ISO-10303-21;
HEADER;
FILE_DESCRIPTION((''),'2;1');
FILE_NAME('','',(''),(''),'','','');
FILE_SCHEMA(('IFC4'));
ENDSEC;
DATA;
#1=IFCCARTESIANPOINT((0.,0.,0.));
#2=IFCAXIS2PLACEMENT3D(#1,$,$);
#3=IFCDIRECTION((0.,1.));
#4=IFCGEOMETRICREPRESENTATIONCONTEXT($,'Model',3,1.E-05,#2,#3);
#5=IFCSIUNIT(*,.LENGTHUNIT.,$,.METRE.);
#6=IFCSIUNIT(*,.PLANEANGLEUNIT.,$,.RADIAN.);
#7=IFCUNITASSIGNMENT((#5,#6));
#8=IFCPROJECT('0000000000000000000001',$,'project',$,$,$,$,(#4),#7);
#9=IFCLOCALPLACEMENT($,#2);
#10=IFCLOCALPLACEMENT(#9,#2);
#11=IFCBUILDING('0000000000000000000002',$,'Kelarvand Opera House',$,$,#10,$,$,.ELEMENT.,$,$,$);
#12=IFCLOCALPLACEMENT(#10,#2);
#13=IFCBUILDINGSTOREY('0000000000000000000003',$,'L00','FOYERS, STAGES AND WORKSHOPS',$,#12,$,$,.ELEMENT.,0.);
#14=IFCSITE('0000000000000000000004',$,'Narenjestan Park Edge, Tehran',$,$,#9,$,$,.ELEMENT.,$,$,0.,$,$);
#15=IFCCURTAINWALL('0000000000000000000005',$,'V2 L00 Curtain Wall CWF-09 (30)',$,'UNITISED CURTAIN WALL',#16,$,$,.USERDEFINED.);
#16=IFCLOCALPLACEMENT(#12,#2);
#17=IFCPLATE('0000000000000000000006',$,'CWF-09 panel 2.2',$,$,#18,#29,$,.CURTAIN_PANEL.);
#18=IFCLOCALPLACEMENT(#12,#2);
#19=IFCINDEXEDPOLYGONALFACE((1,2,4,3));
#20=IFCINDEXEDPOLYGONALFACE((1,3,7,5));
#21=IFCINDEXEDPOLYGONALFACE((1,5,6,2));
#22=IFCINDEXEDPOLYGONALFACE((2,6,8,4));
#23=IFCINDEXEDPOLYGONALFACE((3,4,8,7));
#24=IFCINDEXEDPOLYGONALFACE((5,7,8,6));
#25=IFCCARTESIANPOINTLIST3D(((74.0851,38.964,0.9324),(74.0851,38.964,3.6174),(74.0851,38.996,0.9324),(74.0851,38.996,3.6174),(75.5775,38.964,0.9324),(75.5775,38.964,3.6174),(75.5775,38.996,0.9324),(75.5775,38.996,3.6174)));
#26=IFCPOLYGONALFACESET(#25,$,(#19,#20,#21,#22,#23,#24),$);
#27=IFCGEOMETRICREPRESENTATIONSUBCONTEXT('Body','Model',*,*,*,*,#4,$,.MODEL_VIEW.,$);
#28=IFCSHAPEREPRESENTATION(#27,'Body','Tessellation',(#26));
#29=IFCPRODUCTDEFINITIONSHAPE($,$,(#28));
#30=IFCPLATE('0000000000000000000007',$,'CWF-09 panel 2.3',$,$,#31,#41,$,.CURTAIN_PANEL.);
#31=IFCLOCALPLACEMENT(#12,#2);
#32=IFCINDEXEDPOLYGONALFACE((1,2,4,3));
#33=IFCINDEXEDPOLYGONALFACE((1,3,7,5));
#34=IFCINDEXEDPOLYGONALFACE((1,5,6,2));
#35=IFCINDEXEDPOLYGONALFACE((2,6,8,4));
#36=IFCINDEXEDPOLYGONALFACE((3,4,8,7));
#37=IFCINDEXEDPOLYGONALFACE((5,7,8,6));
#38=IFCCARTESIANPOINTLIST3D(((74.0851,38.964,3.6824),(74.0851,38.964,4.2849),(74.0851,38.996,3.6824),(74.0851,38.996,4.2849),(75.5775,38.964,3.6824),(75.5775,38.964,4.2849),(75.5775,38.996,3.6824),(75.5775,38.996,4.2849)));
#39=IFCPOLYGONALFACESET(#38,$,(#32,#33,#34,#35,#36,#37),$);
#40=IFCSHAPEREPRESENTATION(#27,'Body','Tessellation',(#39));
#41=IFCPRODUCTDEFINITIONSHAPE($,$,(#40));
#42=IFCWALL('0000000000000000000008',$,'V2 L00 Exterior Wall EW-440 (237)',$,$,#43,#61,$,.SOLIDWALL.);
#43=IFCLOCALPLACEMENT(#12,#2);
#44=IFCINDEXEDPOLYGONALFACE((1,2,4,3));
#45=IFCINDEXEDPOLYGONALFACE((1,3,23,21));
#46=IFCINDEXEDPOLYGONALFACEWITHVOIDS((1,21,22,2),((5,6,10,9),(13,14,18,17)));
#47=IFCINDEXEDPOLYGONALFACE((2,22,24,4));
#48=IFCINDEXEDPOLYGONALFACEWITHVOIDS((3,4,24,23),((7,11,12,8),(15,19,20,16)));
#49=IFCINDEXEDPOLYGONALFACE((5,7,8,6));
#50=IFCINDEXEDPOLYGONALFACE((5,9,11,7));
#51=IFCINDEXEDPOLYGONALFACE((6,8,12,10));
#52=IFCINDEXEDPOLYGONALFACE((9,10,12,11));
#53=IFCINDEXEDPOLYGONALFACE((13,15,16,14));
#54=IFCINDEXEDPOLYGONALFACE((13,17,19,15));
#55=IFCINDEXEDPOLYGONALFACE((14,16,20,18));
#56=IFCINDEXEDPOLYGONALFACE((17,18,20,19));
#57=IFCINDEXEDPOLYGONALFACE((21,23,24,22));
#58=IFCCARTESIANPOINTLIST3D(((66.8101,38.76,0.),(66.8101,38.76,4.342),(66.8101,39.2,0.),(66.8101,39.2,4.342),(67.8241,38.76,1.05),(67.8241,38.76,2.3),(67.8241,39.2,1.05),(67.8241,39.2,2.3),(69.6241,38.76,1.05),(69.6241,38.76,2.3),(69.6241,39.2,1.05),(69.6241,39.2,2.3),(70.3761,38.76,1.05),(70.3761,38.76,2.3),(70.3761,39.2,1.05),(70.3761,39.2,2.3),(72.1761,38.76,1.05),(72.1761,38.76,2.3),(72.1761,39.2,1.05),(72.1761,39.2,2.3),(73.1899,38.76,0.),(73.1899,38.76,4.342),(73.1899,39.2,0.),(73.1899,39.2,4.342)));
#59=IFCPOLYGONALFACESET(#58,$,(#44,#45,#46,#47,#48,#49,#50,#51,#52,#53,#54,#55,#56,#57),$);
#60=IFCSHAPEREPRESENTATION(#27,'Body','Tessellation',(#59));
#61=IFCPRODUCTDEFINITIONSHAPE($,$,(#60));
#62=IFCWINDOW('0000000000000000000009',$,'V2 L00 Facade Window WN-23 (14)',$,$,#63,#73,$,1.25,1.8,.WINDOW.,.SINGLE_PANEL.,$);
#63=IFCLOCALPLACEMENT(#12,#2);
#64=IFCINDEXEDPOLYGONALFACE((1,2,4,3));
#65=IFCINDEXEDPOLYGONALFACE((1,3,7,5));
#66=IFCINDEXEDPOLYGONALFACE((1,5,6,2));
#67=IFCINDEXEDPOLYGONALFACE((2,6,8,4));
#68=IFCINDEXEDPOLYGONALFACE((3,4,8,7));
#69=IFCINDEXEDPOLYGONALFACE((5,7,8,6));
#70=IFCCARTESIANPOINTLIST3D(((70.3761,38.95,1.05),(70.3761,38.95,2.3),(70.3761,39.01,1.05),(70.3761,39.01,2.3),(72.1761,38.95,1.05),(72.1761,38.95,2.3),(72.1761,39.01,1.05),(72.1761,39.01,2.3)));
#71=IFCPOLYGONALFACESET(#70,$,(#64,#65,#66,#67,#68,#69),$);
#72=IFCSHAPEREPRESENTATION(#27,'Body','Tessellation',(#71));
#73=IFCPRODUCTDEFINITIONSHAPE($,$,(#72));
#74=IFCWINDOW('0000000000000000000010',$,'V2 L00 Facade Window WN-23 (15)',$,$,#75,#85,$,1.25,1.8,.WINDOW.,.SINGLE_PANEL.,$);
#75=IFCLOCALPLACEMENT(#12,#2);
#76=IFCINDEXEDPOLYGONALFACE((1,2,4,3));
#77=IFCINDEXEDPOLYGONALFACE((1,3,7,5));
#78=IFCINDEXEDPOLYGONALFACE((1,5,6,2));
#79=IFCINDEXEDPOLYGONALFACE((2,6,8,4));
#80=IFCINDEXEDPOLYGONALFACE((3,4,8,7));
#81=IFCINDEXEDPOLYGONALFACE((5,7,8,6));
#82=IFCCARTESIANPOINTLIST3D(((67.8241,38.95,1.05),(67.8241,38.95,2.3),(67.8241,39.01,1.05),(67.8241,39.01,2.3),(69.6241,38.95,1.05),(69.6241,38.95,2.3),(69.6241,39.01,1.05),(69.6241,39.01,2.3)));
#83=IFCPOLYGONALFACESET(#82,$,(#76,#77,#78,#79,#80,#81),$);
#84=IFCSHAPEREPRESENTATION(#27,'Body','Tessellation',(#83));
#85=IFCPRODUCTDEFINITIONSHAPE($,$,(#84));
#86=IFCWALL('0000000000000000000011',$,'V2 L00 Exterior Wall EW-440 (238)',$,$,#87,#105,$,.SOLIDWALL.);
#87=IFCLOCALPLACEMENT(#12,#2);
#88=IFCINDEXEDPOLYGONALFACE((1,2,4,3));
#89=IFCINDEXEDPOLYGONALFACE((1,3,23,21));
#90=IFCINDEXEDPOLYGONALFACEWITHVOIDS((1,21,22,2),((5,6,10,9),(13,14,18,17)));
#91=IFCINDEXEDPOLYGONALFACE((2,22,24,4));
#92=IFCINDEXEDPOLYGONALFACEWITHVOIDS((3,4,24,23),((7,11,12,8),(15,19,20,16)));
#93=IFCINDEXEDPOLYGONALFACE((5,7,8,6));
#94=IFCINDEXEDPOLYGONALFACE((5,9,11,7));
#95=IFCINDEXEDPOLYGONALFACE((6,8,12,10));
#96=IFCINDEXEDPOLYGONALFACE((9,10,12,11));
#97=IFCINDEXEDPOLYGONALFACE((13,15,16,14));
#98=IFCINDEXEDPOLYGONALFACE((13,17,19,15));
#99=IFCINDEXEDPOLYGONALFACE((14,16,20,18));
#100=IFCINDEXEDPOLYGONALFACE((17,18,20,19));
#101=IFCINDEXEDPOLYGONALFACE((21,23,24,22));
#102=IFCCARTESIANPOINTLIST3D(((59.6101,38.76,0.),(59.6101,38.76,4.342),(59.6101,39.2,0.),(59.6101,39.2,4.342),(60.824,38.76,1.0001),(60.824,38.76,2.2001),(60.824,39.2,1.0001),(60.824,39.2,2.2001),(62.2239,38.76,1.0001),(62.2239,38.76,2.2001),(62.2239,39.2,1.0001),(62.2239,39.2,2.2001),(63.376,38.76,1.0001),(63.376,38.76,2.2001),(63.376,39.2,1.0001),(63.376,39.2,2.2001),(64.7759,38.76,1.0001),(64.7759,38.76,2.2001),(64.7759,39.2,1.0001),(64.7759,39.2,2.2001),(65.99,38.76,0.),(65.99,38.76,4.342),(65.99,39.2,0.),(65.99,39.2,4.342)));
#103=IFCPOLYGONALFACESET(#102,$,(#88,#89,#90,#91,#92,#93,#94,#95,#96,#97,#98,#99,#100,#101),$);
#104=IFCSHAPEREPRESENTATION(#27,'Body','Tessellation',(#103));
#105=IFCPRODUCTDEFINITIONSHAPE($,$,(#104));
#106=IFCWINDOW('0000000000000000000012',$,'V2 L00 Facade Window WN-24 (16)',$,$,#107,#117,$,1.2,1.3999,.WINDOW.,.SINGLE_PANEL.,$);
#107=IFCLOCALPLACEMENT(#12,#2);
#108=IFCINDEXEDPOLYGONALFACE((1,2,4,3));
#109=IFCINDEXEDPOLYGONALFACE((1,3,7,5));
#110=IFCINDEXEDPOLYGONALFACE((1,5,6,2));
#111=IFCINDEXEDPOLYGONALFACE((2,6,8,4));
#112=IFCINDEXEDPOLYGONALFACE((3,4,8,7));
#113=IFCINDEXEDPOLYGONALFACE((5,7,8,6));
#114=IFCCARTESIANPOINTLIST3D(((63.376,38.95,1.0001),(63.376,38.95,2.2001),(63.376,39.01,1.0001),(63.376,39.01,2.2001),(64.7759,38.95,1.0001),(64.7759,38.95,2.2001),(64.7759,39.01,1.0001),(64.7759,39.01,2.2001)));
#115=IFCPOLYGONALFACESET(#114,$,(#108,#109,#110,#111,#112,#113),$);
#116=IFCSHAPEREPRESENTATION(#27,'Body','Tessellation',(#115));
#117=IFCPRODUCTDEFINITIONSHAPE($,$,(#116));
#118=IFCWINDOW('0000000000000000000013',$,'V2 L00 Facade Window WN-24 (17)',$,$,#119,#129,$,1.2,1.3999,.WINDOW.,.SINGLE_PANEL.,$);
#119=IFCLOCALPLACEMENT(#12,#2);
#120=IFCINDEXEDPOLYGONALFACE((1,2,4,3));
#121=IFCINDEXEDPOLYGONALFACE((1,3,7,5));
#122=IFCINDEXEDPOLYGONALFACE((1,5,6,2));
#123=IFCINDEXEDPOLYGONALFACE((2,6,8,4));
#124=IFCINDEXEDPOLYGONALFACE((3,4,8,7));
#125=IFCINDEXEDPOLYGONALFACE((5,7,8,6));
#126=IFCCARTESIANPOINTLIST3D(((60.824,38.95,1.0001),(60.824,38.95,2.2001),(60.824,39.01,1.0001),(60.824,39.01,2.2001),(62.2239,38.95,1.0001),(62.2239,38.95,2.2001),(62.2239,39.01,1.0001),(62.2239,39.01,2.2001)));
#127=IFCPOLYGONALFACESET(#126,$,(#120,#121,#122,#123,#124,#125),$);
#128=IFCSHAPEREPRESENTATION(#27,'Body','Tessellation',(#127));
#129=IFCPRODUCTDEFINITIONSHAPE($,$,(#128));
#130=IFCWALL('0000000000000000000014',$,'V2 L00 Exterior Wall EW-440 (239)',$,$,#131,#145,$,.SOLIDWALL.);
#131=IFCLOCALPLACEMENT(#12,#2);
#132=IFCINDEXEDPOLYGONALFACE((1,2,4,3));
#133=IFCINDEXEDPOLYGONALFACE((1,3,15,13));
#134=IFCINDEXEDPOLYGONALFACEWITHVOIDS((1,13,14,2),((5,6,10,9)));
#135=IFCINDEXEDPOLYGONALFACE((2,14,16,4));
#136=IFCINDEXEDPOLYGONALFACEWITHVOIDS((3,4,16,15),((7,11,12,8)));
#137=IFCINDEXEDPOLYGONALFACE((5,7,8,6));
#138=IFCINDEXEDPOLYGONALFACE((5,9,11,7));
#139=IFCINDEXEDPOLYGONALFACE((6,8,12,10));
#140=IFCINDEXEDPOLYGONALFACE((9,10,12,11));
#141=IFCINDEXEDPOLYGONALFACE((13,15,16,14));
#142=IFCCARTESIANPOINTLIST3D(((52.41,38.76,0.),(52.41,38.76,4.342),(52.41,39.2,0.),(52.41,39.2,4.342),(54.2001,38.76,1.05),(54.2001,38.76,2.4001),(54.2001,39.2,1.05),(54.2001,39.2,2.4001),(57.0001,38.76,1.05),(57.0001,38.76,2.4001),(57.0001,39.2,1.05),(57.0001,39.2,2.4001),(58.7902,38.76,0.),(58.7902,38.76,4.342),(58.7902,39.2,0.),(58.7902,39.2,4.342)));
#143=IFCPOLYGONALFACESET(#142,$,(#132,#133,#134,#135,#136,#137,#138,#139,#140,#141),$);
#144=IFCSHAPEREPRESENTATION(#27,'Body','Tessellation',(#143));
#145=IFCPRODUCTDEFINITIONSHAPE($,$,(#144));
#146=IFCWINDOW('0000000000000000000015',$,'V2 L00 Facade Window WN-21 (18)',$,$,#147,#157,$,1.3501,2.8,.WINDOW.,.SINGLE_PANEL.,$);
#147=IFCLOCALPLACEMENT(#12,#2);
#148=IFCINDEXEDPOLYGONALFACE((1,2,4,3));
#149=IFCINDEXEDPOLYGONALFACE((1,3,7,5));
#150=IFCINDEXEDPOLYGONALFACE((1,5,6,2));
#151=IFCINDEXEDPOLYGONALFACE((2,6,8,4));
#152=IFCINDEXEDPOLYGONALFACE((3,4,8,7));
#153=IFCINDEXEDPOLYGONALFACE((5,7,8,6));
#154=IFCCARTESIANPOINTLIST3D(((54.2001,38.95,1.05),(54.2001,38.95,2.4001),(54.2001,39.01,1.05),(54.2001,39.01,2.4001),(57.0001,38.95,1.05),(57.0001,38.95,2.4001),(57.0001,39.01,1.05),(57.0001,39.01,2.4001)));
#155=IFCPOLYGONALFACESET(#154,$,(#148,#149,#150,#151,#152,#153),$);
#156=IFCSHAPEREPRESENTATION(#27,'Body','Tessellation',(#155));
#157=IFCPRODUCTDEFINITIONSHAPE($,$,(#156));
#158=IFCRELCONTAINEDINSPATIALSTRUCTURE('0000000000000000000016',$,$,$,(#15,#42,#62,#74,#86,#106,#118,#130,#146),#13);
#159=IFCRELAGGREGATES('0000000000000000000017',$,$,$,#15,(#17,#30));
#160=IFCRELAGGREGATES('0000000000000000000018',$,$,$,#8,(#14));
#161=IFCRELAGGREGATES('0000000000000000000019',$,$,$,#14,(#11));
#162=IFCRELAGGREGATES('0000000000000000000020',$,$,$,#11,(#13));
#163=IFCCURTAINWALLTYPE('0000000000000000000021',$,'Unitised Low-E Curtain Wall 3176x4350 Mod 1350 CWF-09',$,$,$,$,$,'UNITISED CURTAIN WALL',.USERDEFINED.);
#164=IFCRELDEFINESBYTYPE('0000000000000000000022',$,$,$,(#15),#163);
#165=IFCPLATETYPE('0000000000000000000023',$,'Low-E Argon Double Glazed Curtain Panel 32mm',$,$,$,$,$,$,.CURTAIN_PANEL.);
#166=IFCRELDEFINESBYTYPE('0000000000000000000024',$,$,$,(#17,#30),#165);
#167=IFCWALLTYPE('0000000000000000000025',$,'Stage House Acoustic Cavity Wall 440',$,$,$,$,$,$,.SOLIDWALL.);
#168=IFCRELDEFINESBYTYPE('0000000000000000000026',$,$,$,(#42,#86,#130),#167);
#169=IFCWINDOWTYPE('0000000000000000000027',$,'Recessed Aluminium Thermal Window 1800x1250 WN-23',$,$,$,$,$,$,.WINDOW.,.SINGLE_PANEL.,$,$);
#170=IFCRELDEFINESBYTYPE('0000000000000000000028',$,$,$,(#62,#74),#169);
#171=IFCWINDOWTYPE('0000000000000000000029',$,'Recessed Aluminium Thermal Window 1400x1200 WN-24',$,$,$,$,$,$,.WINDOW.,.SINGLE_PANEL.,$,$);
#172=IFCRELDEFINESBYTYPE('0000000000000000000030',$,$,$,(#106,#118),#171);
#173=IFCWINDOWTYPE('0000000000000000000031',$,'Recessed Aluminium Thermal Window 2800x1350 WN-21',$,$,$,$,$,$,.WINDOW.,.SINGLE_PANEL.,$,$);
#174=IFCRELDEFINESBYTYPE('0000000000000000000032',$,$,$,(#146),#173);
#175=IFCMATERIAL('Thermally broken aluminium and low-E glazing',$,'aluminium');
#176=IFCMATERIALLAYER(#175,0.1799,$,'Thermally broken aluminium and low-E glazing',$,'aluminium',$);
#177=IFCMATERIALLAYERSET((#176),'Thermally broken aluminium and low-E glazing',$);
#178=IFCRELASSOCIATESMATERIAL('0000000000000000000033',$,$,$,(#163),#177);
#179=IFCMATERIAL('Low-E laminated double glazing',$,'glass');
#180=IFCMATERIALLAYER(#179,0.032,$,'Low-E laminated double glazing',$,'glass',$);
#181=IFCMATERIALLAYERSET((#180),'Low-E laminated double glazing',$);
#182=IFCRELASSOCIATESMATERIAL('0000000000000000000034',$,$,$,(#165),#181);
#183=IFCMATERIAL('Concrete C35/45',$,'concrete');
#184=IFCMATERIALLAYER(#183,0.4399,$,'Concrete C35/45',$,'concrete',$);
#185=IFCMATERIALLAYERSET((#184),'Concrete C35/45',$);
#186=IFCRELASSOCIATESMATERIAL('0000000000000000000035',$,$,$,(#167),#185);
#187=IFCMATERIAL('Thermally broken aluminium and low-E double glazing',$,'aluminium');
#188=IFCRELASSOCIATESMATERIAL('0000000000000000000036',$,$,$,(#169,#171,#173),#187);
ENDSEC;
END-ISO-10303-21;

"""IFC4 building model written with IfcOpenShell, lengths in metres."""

from ifc_helpers import new_model, si_unit, direction, frame, frame_2d, origin, origin_2d, place, context, subcontext, project, spatial, rectangle, extrude, material, layer, layer_set, type_object, element, fill, aggregate, save


model = new_model("IFC4")

# Units and contexts
model_context = context("Model", 3, precision=1e-05, world=origin(), true_north=direction((0.0, 1.0)))
body_context = subcontext(model_context, "Body", "Model", "MODEL_VIEW")
ifc_project = project(units=[si_unit("LENGTHUNIT", "METRE"), si_unit("PLANEANGLEUNIT", "RADIAN")], contexts=[model_context])

# Site, building, storey
site_placement = place(None, origin())
site = spatial("IfcSite", under=ifc_project, at=site_placement, Name="Narenjestan Park Edge, Tehran", CompositionType="ELEMENT", RefElevation=0.0)
building_placement = place(site_placement, origin())
building = spatial("IfcBuilding", under=site, at=building_placement, Name="Kelarvand Opera House", CompositionType="ELEMENT")
storey_placement = place(building_placement, origin())
storey = spatial("IfcBuildingStorey", under=building, at=storey_placement, Name="L00", Description="FOYERS, STAGES AND WORKSHOPS", CompositionType="ELEMENT", Elevation=0.0)

# Curtain wall
ifc_material_1 = material(Name="Thermally broken aluminium and low-E glazing", Category="aluminium")
ifc_layer_1 = layer(ifc_material_1, 0.1799, Name="Thermally broken aluminium and low-E glazing", Category="aluminium")
ifc_layer_set_1 = layer_set([ifc_layer_1], Name="Thermally broken aluminium and low-E glazing")
curtain_wall_type = type_object("IfcCurtainWallType", Name="Unitised Low-E Curtain Wall 3176x4350 Mod 1350 CWF-09", ElementType="UNITISED CURTAIN WALL", PredefinedType="USERDEFINED", material=ifc_layer_set_1)
curtain_wall_placement = place(storey_placement, origin())
curtain_wall = element("IfcCurtainWall", 1, at=curtain_wall_placement, inside=storey, type_object=curtain_wall_type, Name="V2 L00 Curtain Wall CWF-09 (30)", ObjectType="UNITISED CURTAIN WALL", PredefinedType="USERDEFINED")

# Plates
ifc_material_2 = material(Name="Low-E laminated double glazing", Category="glass")
ifc_layer_2 = layer(ifc_material_2, 0.032, Name="Low-E laminated double glazing", Category="glass")
ifc_layer_set_2 = layer_set([ifc_layer_2], Name="Low-E laminated double glazing")
plate_type = type_object("IfcPlateType", Name="Low-E Argon Double Glazed Curtain Panel 32mm", PredefinedType="CURTAIN_PANEL", material=ifc_layer_set_2)
plate_1_placement = place(storey_placement, frame((74.8313, 38.98, 0.9324), z_axis=(0.0, 0.0, 1.0), x_axis=(-1.0, 0.0, 0.0)))
plate_1 = element("IfcPlate", 2, at=plate_1_placement, type_object=plate_type, Name="CWF-09 panel 2.2", PredefinedType="CURTAIN_PANEL", context=body_context, shape_type="SweptSolid", body=[
    extrude(rectangle(XDim=1.4924, YDim=0.032, at=origin_2d()), origin(), (0.0, 0.0, 1.0), 2.6851),
])
plate_2_placement = place(storey_placement, frame((74.8313, 38.98, 3.6824), z_axis=(0.0, 0.0, 1.0), x_axis=(-1.0, 0.0, 0.0)))
plate_2 = element("IfcPlate", 3, at=plate_2_placement, type_object=plate_type, Name="CWF-09 panel 2.3", PredefinedType="CURTAIN_PANEL", context=body_context, shape_type="SweptSolid", body=[
    extrude(rectangle(XDim=1.4924, YDim=0.032, at=origin_2d()), origin(), (0.0, 0.0, 1.0), 0.6025),
])
aggregate(curtain_wall, [plate_1, plate_2])

# Walls, openings, windows
ifc_material_3 = material(Name="Concrete C35/45", Category="concrete")
ifc_layer_3 = layer(ifc_material_3, 0.4399, Name="Concrete C35/45", Category="concrete")
ifc_layer_set_3 = layer_set([ifc_layer_3], Name="Concrete C35/45")
wall_type = type_object("IfcWallType", Name="Stage House Acoustic Cavity Wall 440", PredefinedType="SOLIDWALL", material=ifc_layer_set_3)
wall_1_placement = place(storey_placement, frame((73.1899, 38.98, 0.0), z_axis=(0.0, 0.0, 1.0), x_axis=(-1.0, 0.0, 0.0)))
wall_1 = element("IfcWall", 4, at=wall_1_placement, inside=storey, type_object=wall_type, Name="V2 L00 Exterior Wall EW-440 (237)", PredefinedType="SOLIDWALL", context=body_context, shape_type="SweptSolid", body=[
    extrude(rectangle(XDim=6.3799, YDim=0.4399, at=frame_2d((3.1899, 0.0))), origin(), (0.0, 0.0, 1.0), 4.342),
])
opening_1_placement = place(wall_1_placement, frame((1.0139, 0.0, 1.05)))
opening_1 = element("IfcOpeningElement", 5, at=opening_1_placement, cuts=wall_1, PredefinedType="OPENING", context=body_context, shape_type="SweptSolid", body=[
    extrude(rectangle(XDim=1.8, YDim=1.25, at=frame_2d((0.8999, 0.625))), frame((0.0, 0.23, 0.0), z_axis=(0.0, -1.0, 0.0), x_axis=(1.0, 0.0, 0.0)), (0.0, 0.0, 1.0), 0.46),
])
opening_2_placement = place(wall_1_placement, frame((3.5659, 0.0, 1.05)))
opening_2 = element("IfcOpeningElement", 6, at=opening_2_placement, cuts=wall_1, PredefinedType="OPENING", context=body_context, shape_type="SweptSolid", body=[
    extrude(rectangle(XDim=1.8, YDim=1.25, at=frame_2d((0.8999, 0.625))), frame((0.0, 0.23, 0.0), z_axis=(0.0, -1.0, 0.0), x_axis=(1.0, 0.0, 0.0)), (0.0, 0.0, 1.0), 0.46),
])
ifc_material_4 = material(Name="Thermally broken aluminium and low-E double glazing", Category="aluminium")
window_type_1 = type_object("IfcWindowType", Name="Recessed Aluminium Thermal Window 1800x1250 WN-23", PartitioningType="SINGLE_PANEL", PredefinedType="WINDOW", material=ifc_material_4)
window_1_placement = place(opening_1_placement, origin())
window_1 = element("IfcWindow", 7, at=window_1_placement, inside=storey, type_object=window_type_1, Name="V2 L00 Facade Window WN-23 (14)", OverallHeight=1.25, OverallWidth=1.8, PartitioningType="SINGLE_PANEL", PredefinedType="WINDOW", context=body_context, shape_type="SweptSolid", body=[
    extrude(rectangle(XDim=1.8, YDim=1.25, at=frame_2d((0.8999, 0.625))), frame((0.0, 0.03, 0.0), z_axis=(0.0, -1.0, 0.0), x_axis=(1.0, 0.0, 0.0)), (0.0, 0.0, 1.0), 0.0601),
])
fill(opening_1, window_1)
window_2_placement = place(opening_2_placement, origin())
window_2 = element("IfcWindow", 8, at=window_2_placement, inside=storey, type_object=window_type_1, Name="V2 L00 Facade Window WN-23 (15)", OverallHeight=1.25, OverallWidth=1.8, PartitioningType="SINGLE_PANEL", PredefinedType="WINDOW", context=body_context, shape_type="SweptSolid", body=[
    extrude(rectangle(XDim=1.8, YDim=1.25, at=frame_2d((0.8999, 0.625))), frame((0.0, 0.03, 0.0), z_axis=(0.0, -1.0, 0.0), x_axis=(1.0, 0.0, 0.0)), (0.0, 0.0, 1.0), 0.0601),
])
fill(opening_2, window_2)
wall_2_placement = place(storey_placement, frame((65.99, 38.98, 0.0), z_axis=(0.0, 0.0, 1.0), x_axis=(-1.0, 0.0, 0.0)))
wall_2 = element("IfcWall", 9, at=wall_2_placement, inside=storey, type_object=wall_type, Name="V2 L00 Exterior Wall EW-440 (238)", PredefinedType="SOLIDWALL", context=body_context, shape_type="SweptSolid", body=[
    extrude(rectangle(XDim=6.3799, YDim=0.4399, at=frame_2d((3.1899, 0.0))), origin(), (0.0, 0.0, 1.0), 4.342),
])
opening_3_placement = place(wall_2_placement, frame((1.2141, 0.0, 1.0)))
opening_3 = element("IfcOpeningElement", 10, at=opening_3_placement, cuts=wall_2, PredefinedType="OPENING", context=body_context, shape_type="SweptSolid", body=[
    extrude(rectangle(XDim=1.3999, YDim=1.2, at=frame_2d((0.7, 0.6001))), frame((0.0, 0.23, 0.0), z_axis=(0.0, -1.0, 0.0), x_axis=(1.0, 0.0, 0.0)), (0.0, 0.0, 1.0), 0.46),
])
opening_4_placement = place(wall_2_placement, frame((3.7661, 0.0, 1.0)))
opening_4 = element("IfcOpeningElement", 11, at=opening_4_placement, cuts=wall_2, PredefinedType="OPENING", context=body_context, shape_type="SweptSolid", body=[
    extrude(rectangle(XDim=1.3999, YDim=1.2, at=frame_2d((0.7, 0.6001))), frame((0.0, 0.23, 0.0), z_axis=(0.0, -1.0, 0.0), x_axis=(1.0, 0.0, 0.0)), (0.0, 0.0, 1.0), 0.46),
])
window_type_2 = type_object("IfcWindowType", Name="Recessed Aluminium Thermal Window 1400x1200 WN-24", PartitioningType="SINGLE_PANEL", PredefinedType="WINDOW", material=ifc_material_4)
window_3_placement = place(opening_3_placement, origin())
window_3 = element("IfcWindow", 12, at=window_3_placement, inside=storey, type_object=window_type_2, Name="V2 L00 Facade Window WN-24 (16)", OverallHeight=1.2, OverallWidth=1.3999, PartitioningType="SINGLE_PANEL", PredefinedType="WINDOW", context=body_context, shape_type="SweptSolid", body=[
    extrude(rectangle(XDim=1.3999, YDim=1.2, at=frame_2d((0.7, 0.6001))), frame((0.0, 0.03, 0.0), z_axis=(0.0, -1.0, 0.0), x_axis=(1.0, 0.0, 0.0)), (0.0, 0.0, 1.0), 0.0601),
])
fill(opening_3, window_3)
window_4_placement = place(opening_4_placement, origin())
window_4 = element("IfcWindow", 13, at=window_4_placement, inside=storey, type_object=window_type_2, Name="V2 L00 Facade Window WN-24 (17)", OverallHeight=1.2, OverallWidth=1.3999, PartitioningType="SINGLE_PANEL", PredefinedType="WINDOW", context=body_context, shape_type="SweptSolid", body=[
    extrude(rectangle(XDim=1.3999, YDim=1.2, at=frame_2d((0.7, 0.6001))), frame((0.0, 0.03, 0.0), z_axis=(0.0, -1.0, 0.0), x_axis=(1.0, 0.0, 0.0)), (0.0, 0.0, 1.0), 0.0601),
])
fill(opening_4, window_4)

# Wall, opening, window
wall_3_placement = place(storey_placement, frame((58.79, 38.98, 0.0), z_axis=(0.0, 0.0, 1.0), x_axis=(-1.0, 0.0, 0.0)))
wall_3 = element("IfcWall", 14, at=wall_3_placement, inside=storey, type_object=wall_type, Name="V2 L00 Exterior Wall EW-440 (239)", PredefinedType="SOLIDWALL", context=body_context, shape_type="SweptSolid", body=[
    extrude(rectangle(XDim=6.3801, YDim=0.4399, at=frame_2d((3.1899, 0.0))), origin(), (0.0, 0.0, 1.0), 4.342),
])
opening_5_placement = place(wall_3_placement, frame((1.79, 0.0, 1.05)))
opening_5 = element("IfcOpeningElement", 15, at=opening_5_placement, cuts=wall_3, PredefinedType="OPENING", context=body_context, shape_type="SweptSolid", body=[
    extrude(rectangle(XDim=2.8, YDim=1.3501, at=frame_2d((1.3999, 0.675))), frame((0.0, 0.23, 0.0), z_axis=(0.0, -1.0, 0.0), x_axis=(1.0, 0.0, 0.0)), (0.0, 0.0, 1.0), 0.46),
])
window_type_3 = type_object("IfcWindowType", Name="Recessed Aluminium Thermal Window 2800x1350 WN-21", PartitioningType="SINGLE_PANEL", PredefinedType="WINDOW", material=ifc_material_4)
window_5_placement = place(opening_5_placement, origin())
window_5 = element("IfcWindow", 16, at=window_5_placement, inside=storey, type_object=window_type_3, Name="V2 L00 Facade Window WN-21 (18)", OverallHeight=1.3501, OverallWidth=2.8, PartitioningType="SINGLE_PANEL", PredefinedType="WINDOW", context=body_context, shape_type="SweptSolid", body=[
    extrude(rectangle(XDim=2.8, YDim=1.3501, at=frame_2d((1.3999, 0.675))), frame((0.0, 0.03, 0.0), z_axis=(0.0, -1.0, 0.0), x_axis=(1.0, 0.0, 0.0)), (0.0, 0.0, 1.0), 0.0601),
])
fill(opening_5, window_5)

save(model, "model.ifc")
